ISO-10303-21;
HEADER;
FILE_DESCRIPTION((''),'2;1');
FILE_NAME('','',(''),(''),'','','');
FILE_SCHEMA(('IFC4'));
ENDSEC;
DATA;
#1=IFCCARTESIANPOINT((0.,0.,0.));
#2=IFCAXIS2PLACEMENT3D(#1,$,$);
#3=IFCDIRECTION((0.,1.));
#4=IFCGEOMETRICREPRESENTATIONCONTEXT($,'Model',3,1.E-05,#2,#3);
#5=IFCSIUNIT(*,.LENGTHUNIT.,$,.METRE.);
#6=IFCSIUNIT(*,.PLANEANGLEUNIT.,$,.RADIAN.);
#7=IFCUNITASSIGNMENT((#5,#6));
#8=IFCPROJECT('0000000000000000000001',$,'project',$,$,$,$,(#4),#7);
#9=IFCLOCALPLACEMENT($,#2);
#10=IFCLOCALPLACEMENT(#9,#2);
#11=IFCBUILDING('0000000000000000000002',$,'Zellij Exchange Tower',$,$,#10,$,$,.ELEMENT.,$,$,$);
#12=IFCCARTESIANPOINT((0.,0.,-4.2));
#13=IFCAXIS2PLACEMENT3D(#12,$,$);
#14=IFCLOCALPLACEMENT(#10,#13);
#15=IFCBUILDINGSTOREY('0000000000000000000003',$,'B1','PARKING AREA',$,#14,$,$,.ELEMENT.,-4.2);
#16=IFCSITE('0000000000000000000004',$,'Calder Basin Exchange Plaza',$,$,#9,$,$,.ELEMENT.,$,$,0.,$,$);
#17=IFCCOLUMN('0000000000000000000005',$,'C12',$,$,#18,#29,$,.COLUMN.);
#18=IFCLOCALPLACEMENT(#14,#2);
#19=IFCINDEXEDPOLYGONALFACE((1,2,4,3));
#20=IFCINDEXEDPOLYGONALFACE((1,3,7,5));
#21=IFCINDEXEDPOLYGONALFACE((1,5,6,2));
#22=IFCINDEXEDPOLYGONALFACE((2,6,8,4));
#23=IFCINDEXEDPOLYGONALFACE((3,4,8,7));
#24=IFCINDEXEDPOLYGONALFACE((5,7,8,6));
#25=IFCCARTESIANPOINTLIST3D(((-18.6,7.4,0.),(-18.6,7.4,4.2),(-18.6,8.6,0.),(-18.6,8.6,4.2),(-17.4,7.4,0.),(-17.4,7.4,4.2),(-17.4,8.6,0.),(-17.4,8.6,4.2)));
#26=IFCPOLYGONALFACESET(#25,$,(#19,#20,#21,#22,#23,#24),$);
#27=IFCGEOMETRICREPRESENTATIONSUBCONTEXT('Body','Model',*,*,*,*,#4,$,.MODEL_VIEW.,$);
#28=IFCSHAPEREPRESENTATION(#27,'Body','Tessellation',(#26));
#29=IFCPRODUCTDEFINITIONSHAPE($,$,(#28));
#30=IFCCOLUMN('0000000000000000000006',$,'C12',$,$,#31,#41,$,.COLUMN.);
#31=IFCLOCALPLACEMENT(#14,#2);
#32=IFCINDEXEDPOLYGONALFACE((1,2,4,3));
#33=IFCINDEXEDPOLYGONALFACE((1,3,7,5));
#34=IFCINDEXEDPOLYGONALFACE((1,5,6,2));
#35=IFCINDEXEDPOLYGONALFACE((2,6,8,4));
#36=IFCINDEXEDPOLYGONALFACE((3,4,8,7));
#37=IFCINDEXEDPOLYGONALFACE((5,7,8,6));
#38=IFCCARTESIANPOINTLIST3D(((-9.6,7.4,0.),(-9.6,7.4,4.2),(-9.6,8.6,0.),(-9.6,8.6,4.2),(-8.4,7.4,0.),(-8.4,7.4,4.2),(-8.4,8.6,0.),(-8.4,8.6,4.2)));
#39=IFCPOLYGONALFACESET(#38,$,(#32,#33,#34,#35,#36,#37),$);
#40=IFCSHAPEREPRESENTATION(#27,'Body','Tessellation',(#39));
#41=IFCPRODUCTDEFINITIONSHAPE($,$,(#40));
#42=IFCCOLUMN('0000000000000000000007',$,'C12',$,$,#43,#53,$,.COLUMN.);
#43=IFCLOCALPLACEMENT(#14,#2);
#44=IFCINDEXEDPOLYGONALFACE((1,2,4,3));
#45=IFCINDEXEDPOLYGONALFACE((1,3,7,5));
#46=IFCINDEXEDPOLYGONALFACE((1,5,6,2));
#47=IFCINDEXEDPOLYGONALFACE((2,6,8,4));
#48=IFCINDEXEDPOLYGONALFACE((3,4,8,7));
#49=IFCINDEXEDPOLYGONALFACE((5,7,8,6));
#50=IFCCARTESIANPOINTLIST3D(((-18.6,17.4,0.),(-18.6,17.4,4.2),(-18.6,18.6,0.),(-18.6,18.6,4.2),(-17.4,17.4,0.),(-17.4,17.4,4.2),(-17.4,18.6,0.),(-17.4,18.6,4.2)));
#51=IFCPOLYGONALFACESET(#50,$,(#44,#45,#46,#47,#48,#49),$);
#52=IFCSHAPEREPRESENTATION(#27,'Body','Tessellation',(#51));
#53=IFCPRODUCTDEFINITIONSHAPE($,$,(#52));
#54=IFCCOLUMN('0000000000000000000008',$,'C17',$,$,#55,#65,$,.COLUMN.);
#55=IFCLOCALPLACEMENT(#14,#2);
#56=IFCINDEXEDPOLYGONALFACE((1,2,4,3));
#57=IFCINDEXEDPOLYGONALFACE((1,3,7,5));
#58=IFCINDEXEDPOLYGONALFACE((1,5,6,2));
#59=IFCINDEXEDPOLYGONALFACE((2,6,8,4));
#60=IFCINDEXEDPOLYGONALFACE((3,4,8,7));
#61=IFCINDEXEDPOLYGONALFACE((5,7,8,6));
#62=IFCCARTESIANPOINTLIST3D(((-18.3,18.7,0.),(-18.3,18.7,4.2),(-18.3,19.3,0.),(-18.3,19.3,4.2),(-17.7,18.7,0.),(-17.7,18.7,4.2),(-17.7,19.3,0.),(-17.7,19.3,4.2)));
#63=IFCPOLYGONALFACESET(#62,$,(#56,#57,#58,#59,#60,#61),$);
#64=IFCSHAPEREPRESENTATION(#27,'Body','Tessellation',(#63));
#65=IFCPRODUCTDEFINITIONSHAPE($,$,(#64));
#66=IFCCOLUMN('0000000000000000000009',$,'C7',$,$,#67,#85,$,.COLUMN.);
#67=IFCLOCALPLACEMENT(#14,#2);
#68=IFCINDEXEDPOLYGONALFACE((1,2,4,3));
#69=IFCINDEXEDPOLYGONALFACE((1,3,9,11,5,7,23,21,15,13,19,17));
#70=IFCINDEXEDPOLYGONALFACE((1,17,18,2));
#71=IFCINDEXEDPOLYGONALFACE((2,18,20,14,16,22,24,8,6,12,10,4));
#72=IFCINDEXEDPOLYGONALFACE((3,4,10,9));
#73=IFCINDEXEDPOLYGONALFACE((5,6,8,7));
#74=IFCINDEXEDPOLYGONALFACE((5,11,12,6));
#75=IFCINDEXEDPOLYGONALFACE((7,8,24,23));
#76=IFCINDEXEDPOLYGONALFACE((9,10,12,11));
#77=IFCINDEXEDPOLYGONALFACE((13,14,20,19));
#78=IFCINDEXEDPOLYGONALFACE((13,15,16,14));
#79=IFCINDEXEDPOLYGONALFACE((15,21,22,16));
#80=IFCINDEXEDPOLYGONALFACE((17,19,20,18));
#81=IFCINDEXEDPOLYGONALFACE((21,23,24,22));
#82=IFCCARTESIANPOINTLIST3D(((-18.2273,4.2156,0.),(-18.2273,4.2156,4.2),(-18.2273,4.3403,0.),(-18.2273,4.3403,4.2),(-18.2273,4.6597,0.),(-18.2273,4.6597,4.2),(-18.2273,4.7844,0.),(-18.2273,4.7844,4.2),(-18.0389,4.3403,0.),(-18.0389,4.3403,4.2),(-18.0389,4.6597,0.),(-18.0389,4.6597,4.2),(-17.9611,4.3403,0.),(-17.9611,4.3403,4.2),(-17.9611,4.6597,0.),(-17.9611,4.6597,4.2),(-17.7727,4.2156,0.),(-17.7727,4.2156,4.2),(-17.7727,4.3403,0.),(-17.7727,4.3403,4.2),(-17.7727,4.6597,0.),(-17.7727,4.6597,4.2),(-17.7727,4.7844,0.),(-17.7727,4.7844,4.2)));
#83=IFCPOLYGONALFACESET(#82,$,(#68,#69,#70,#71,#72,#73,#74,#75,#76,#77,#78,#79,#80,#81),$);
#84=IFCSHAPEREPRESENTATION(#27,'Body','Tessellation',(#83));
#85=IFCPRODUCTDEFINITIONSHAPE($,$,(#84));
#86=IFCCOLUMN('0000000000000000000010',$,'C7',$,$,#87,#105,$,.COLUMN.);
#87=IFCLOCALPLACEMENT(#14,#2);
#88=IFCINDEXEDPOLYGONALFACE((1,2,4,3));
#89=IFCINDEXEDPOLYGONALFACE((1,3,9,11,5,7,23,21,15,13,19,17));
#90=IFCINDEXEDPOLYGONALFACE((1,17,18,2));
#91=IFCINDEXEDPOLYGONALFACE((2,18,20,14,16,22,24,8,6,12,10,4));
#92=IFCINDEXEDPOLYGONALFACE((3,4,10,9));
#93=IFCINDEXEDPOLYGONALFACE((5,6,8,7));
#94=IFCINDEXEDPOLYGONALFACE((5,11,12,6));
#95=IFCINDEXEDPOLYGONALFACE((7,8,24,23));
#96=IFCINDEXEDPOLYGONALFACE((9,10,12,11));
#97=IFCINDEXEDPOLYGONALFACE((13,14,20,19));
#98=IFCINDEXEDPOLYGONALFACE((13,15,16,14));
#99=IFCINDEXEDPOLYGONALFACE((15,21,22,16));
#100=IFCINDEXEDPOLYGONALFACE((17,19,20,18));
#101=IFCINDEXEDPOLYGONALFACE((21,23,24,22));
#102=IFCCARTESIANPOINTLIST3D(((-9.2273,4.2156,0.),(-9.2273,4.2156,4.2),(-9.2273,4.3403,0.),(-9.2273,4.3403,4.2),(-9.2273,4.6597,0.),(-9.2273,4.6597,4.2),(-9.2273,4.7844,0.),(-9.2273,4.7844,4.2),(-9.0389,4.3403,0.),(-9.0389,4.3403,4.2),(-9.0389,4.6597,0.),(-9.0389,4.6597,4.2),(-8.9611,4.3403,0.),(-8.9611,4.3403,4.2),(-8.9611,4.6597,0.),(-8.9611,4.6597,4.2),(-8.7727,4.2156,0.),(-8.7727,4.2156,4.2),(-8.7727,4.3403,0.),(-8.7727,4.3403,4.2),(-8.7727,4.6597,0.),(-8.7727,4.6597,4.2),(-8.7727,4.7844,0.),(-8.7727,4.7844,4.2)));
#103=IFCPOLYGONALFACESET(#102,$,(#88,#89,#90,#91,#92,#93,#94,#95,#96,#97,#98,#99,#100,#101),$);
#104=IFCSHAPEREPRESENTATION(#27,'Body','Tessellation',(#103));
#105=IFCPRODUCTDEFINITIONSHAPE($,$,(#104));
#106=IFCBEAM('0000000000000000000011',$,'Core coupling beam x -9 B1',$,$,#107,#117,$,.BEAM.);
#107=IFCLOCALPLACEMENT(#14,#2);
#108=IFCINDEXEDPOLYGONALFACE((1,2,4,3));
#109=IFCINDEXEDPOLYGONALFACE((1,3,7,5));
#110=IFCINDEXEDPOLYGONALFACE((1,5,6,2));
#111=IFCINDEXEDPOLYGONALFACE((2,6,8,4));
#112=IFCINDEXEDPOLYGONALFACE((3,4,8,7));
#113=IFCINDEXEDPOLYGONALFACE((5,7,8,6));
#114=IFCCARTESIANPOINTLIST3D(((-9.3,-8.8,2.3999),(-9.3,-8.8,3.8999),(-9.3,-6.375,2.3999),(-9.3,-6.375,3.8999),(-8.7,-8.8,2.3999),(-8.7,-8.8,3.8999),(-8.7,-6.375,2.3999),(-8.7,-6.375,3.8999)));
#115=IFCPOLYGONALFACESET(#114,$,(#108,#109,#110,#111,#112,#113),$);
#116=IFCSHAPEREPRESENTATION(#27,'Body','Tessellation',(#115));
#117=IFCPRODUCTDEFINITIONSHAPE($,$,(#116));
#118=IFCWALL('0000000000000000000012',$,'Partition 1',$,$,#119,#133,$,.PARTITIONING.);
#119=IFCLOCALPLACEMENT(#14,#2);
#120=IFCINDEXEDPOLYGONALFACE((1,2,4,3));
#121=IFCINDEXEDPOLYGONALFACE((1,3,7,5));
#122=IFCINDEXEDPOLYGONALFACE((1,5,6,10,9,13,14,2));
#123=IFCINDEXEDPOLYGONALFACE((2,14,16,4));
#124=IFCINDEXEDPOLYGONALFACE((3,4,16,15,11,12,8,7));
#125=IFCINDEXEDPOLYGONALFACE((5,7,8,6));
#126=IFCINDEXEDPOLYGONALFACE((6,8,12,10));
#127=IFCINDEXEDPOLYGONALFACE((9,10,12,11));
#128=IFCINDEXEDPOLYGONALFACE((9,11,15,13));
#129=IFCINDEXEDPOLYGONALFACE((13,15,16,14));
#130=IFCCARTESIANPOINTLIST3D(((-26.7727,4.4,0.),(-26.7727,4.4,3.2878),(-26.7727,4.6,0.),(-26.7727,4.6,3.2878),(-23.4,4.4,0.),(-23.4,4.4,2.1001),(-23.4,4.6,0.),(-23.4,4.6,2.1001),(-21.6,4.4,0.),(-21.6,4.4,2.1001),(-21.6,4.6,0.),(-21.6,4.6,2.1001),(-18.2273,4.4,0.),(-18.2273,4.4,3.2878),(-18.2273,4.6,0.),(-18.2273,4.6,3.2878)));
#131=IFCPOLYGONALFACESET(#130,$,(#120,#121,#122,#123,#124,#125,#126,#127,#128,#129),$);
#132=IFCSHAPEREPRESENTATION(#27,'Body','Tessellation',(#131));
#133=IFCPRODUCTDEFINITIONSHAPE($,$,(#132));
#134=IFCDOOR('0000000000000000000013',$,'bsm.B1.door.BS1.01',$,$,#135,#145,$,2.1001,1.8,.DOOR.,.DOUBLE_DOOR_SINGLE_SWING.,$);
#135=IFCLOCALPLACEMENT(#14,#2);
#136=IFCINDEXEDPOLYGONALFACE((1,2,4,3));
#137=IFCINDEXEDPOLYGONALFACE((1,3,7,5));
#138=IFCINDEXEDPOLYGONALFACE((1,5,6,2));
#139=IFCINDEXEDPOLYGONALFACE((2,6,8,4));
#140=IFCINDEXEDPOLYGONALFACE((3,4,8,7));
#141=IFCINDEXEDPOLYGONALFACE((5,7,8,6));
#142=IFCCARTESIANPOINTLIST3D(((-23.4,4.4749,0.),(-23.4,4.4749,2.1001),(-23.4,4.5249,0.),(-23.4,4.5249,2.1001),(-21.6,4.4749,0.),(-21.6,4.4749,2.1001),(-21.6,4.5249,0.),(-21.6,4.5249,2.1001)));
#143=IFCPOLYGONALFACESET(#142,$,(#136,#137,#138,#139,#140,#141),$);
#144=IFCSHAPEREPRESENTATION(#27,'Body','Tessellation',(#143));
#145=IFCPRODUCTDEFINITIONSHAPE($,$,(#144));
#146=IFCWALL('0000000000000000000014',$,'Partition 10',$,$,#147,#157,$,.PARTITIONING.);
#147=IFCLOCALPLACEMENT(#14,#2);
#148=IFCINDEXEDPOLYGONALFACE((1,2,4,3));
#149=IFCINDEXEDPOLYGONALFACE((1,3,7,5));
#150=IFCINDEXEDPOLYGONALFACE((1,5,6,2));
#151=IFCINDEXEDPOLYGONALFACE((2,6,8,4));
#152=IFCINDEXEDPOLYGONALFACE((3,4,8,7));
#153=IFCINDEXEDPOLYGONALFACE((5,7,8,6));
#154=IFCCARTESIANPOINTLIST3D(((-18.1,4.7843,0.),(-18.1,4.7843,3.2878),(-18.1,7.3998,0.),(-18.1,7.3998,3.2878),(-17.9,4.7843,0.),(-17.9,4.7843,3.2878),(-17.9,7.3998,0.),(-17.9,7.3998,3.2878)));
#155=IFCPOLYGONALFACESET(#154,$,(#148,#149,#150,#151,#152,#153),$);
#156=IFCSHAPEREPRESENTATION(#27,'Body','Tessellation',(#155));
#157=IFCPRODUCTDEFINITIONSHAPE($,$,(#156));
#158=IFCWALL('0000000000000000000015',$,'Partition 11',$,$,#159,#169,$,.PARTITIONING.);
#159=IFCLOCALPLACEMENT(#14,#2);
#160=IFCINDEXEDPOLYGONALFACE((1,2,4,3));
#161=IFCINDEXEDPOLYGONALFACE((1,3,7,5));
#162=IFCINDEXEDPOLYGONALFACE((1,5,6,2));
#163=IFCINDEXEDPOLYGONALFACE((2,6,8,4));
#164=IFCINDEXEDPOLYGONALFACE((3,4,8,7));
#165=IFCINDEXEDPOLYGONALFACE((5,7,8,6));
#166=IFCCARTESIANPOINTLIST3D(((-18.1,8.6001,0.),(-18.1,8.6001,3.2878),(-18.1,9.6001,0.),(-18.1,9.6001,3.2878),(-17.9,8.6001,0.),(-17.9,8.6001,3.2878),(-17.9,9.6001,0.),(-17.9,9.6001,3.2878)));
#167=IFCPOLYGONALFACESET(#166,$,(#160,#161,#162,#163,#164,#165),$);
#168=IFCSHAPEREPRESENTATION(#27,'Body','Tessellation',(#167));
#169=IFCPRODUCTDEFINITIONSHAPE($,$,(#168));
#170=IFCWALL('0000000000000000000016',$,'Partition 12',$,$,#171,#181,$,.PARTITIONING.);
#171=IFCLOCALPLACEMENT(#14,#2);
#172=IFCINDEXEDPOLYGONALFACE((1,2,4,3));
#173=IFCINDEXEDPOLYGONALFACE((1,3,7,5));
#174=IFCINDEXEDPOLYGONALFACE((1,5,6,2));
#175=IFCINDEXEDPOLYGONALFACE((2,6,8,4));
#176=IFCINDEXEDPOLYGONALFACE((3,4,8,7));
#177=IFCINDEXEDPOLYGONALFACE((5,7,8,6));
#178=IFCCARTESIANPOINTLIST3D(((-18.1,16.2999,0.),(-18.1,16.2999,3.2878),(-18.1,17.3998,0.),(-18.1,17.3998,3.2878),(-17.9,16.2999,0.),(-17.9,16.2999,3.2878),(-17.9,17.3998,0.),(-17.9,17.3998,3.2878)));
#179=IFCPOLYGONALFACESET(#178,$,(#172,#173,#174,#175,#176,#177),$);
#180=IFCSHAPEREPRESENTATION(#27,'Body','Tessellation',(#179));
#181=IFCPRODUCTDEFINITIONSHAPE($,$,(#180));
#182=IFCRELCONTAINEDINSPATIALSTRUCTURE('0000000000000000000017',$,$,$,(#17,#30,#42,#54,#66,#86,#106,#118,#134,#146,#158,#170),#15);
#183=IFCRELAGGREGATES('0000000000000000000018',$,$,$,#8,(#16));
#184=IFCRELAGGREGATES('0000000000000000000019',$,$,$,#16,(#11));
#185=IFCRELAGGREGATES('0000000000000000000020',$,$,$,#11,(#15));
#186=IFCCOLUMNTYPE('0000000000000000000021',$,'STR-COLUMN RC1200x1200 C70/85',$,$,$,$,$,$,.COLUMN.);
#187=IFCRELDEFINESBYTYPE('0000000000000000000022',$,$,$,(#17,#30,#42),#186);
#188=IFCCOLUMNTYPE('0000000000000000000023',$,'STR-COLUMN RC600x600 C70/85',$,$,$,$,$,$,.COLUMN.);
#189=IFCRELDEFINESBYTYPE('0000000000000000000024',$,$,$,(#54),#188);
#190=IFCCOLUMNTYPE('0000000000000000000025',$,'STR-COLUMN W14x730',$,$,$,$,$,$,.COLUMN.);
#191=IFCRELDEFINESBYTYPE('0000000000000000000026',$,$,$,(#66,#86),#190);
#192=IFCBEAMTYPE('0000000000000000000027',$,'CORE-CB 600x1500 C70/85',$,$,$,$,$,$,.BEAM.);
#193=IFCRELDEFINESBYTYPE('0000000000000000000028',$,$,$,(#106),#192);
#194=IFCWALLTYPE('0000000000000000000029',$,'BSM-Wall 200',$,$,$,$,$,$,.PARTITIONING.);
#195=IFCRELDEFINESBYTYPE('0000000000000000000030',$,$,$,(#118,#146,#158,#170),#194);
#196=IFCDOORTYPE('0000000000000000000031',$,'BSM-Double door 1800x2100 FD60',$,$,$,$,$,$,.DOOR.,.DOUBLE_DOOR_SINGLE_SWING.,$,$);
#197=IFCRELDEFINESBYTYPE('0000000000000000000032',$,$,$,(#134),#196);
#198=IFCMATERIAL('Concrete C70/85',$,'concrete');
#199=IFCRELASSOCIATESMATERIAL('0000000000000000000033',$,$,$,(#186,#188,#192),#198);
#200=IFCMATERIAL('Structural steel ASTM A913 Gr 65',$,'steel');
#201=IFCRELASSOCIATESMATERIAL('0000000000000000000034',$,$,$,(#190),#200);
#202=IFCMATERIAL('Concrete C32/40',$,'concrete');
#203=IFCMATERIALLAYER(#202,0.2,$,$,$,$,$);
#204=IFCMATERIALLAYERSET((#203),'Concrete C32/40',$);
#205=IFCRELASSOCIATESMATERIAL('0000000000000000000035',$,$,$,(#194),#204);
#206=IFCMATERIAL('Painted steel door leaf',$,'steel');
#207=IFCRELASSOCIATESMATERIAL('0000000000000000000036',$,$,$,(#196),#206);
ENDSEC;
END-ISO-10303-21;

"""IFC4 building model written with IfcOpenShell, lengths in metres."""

from ifc_helpers import new_model, si_unit, direction, frame, frame_2d, origin, origin_2d, place, context, subcontext, project, spatial, rectangle, i_section, extrude, material, layer, layer_set, material_profile, profile_set, type_object, element, fill, save


model = new_model("IFC4")

# Units and contexts
model_context = context("Model", 3, precision=1e-05, world=origin(), true_north=direction((0.0, 1.0)))
body_context = subcontext(model_context, "Body", "Model", "MODEL_VIEW")
ifc_project = project(units=[si_unit("LENGTHUNIT", "METRE"), si_unit("PLANEANGLEUNIT", "RADIAN")], contexts=[model_context])

# Site, building, storey
site_placement = place(None, origin())
site = spatial("IfcSite", under=ifc_project, at=site_placement, Name="Calder Basin Exchange Plaza", CompositionType="ELEMENT", RefElevation=0.0)
building_placement = place(site_placement, origin())
building = spatial("IfcBuilding", under=site, at=building_placement, Name="Zellij Exchange Tower", CompositionType="ELEMENT")
storey_placement = place(building_placement, frame((0.0, 0.0, -4.2)))
storey = spatial("IfcBuildingStorey", under=building, at=storey_placement, Name="B1", Description="PARKING AREA", CompositionType="ELEMENT", Elevation=-4.2)

# Columns
ifc_material_1 = material(Name="Concrete C70/85", Category="concrete")
ifc_material_profile_1 = material_profile(ifc_material_1, rectangle(XDim=1.2, YDim=1.2, at=origin_2d()), Name="STR-COLUMN RC1200x1200 C70/85")
ifc_profile_set_1 = profile_set([ifc_material_profile_1], Name="Concrete C70/85")
column_type_1 = type_object("IfcColumnType", Name="STR-COLUMN RC1200x1200 C70/85", PredefinedType="COLUMN", material=ifc_profile_set_1)
for number, where, z_axis, x_axis, name in (
    (1, (-18.0, 8.0, 0.0), (0.0, 0.0, 1.0), (1.0, 0.0, 0.0), "C12"),
    (2, (-9.0, 8.0, 0.0), (0.0, 0.0, 1.0), (1.0, 0.0, 0.0), "C12"),
    (3, (-18.0, 18.0, 0.0), (0.0, 0.0, 1.0), (1.0, 0.0, 0.0), "C12"),
):
    element("IfcColumn", number, at=place(storey_placement, frame(where, z_axis=z_axis, x_axis=x_axis)), inside=storey, type_object=column_type_1, Name=name, PredefinedType="COLUMN", context=body_context, shape_type="SweptSolid", body=[
        extrude(rectangle(XDim=1.2, YDim=1.2, at=origin_2d()), origin(), (0.0, 0.0, 1.0), 4.2),
    ])
ifc_material_profile_2 = material_profile(ifc_material_1, rectangle(XDim=0.6001, YDim=0.6001, at=origin_2d()), Name="STR-COLUMN RC600x600 C70/85")
ifc_profile_set_2 = profile_set([ifc_material_profile_2], Name="Concrete C70/85")
column_type_2 = type_object("IfcColumnType", Name="STR-COLUMN RC600x600 C70/85", PredefinedType="COLUMN", material=ifc_profile_set_2)
column_placement = place(storey_placement, frame((-18.0, 19.0, 0.0), z_axis=(0.0, 0.0, 1.0), x_axis=(1.0, 0.0, 0.0)))
element("IfcColumn", 4, at=column_placement, inside=storey, type_object=column_type_2, Name="C17", PredefinedType="COLUMN", context=body_context, shape_type="SweptSolid", body=[
    extrude(rectangle(XDim=0.6001, YDim=0.6001, at=origin_2d()), origin(), (0.0, 0.0, 1.0), 4.2),
])
ifc_material_2 = material(Name="Structural steel ASTM A913 Gr 65", Category="steel")
ifc_material_profile_3 = material_profile(ifc_material_2, i_section(OverallWidth=0.4546, OverallDepth=0.5688, WebThickness=0.0779, FlangeThickness=0.1248, at=origin_2d()), Name="W14x730")
ifc_profile_set_3 = profile_set([ifc_material_profile_3], Name="Structural steel ASTM A913 Gr 65")
column_type_3 = type_object("IfcColumnType", Name="STR-COLUMN W14x730", PredefinedType="COLUMN", material=ifc_profile_set_3)
for number, where, z_axis, x_axis, name in (
    (5, (-18.0, 4.5, 0.0), (0.0, 0.0, 1.0), (1.0, 0.0, 0.0), "C7"),
    (6, (-9.0, 4.5, 0.0), (0.0, 0.0, 1.0), (1.0, 0.0, 0.0), "C7"),
):
    element("IfcColumn", number, at=place(storey_placement, frame(where, z_axis=z_axis, x_axis=x_axis)), inside=storey, type_object=column_type_3, Name=name, PredefinedType="COLUMN", context=body_context, shape_type="SweptSolid", body=[
        extrude(i_section(OverallWidth=0.4546, OverallDepth=0.5688, WebThickness=0.0779, FlangeThickness=0.1248, at=origin_2d()), origin(), (0.0, 0.0, 1.0), 4.2),
    ])

# Beam
ifc_material_profile_4 = material_profile(ifc_material_1, rectangle(XDim=0.6001, YDim=1.5, at=origin_2d()), Name="CORE-CB 600x1500 C70/85")
ifc_profile_set_4 = profile_set([ifc_material_profile_4], Name="Concrete C70/85")
beam_type = type_object("IfcBeamType", Name="CORE-CB 600x1500 C70/85", PredefinedType="BEAM", material=ifc_profile_set_4)
beam_placement = place(storey_placement, frame((-9.0, -8.8, 3.1499), z_axis=(0.0, 1.0, 0.0), x_axis=(-1.0, 0.0, 0.0)))
element("IfcBeam", 7, at=beam_placement, inside=storey, type_object=beam_type, Name="Core coupling beam x -9 B1", PredefinedType="BEAM", context=body_context, shape_type="SweptSolid", body=[
    extrude(rectangle(XDim=0.6001, YDim=1.5, at=origin_2d()), origin(), (0.0, 0.0, 1.0), 2.425),
])

# Wall, opening, door
ifc_material_3 = material(Name="Concrete C32/40", Category="concrete")
ifc_layer_1 = layer(ifc_material_3, 0.2)
ifc_layer_set_1 = layer_set([ifc_layer_1], Name="Concrete C32/40")
wall_type_1 = type_object("IfcWallType", Name="BSM-Wall 200", PredefinedType="PARTITIONING", material=ifc_layer_set_1)
wall_1_placement = place(storey_placement, frame((-26.7727, 4.5, 0.0), z_axis=(0.0, 0.0, 1.0), x_axis=(1.0, 0.0, 0.0)))
wall_1 = element("IfcWall", 8, at=wall_1_placement, inside=storey, type_object=wall_type_1, Name="Partition 1", PredefinedType="PARTITIONING", context=body_context, shape_type="SweptSolid", body=[
    extrude(rectangle(XDim=8.5454, YDim=0.2, at=frame_2d((4.2727, 0.0))), origin(), (0.0, 0.0, 1.0), 3.2878),
])
opening_1_placement = place(wall_1_placement, frame((3.3728, 0.0, 0.0)))
opening_1 = element("IfcOpeningElement", 9, at=opening_1_placement, cuts=wall_1, PredefinedType="OPENING", context=body_context, shape_type="SweptSolid", body=[
    extrude(rectangle(XDim=1.8, YDim=2.1001, at=frame_2d((0.8999, 1.05))), frame((0.0, 0.1118, 0.0), z_axis=(0.0, -1.0, 0.0), x_axis=(1.0, 0.0, 0.0)), (0.0, 0.0, 1.0), 0.2239),
])
ifc_material_4 = material(Name="Painted steel door leaf", Category="steel")
door_type_1 = type_object("IfcDoorType", Name="BSM-Double door 1800x2100 FD60", OperationType="DOUBLE_DOOR_SINGLE_SWING", PredefinedType="DOOR", material=ifc_material_4)
door_1_placement = place(opening_1_placement, origin())
door_1 = element("IfcDoor", 10, at=door_1_placement, inside=storey, type_object=door_type_1, Name="bsm.B1.door.BS1.01", OperationType="DOUBLE_DOOR_SINGLE_SWING", OverallHeight=2.1001, OverallWidth=1.8, PredefinedType="DOOR", context=body_context, shape_type="SweptSolid", body=[
    extrude(rectangle(XDim=1.8, YDim=2.1001, at=frame_2d((0.8999, 1.05))), frame((0.0, 0.0249, 0.0), z_axis=(0.0, -1.0, 0.0), x_axis=(1.0, 0.0, 0.0)), (0.0, 0.0, 1.0), 0.05),
])
fill(opening_1, door_1)

# Walls
wall_2_placement = place(storey_placement, frame((-18.0, 4.7844, 0.0), z_axis=(0.0, 0.0, 1.0), x_axis=(0.0, 1.0, 0.0)))
element("IfcWall", 11, at=wall_2_placement, inside=storey, type_object=wall_type_1, Name="Partition 10", PredefinedType="PARTITIONING", context=body_context, shape_type="SweptSolid", body=[
    extrude(rectangle(XDim=2.6155, YDim=0.2, at=frame_2d((1.3076, 0.0))), origin(), (0.0, 0.0, 1.0), 3.2878),
])
wall_3_placement = place(storey_placement, frame((-18.0, 8.6001, 0.0), z_axis=(0.0, 0.0, 1.0), x_axis=(0.0, 1.0, 0.0)))
element("IfcWall", 12, at=wall_3_placement, inside=storey, type_object=wall_type_1, Name="Partition 11", PredefinedType="PARTITIONING", context=body_context, shape_type="SweptSolid", body=[
    extrude(rectangle(XDim=1.0, YDim=0.2, at=frame_2d((0.5, 0.0))), origin(), (0.0, 0.0, 1.0), 3.2878),
])
wall_4_placement = place(storey_placement, frame((-18.0, 16.3, 0.0), z_axis=(0.0, 0.0, 1.0), x_axis=(0.0, 1.0, 0.0)))
element("IfcWall", 13, at=wall_4_placement, inside=storey, type_object=wall_type_1, Name="Partition 12", PredefinedType="PARTITIONING", context=body_context, shape_type="SweptSolid", body=[
    extrude(rectangle(XDim=1.0999, YDim=0.2, at=frame_2d((0.5498, 0.0))), origin(), (0.0, 0.0, 1.0), 3.2878),
])

save(model, "model.ifc")
